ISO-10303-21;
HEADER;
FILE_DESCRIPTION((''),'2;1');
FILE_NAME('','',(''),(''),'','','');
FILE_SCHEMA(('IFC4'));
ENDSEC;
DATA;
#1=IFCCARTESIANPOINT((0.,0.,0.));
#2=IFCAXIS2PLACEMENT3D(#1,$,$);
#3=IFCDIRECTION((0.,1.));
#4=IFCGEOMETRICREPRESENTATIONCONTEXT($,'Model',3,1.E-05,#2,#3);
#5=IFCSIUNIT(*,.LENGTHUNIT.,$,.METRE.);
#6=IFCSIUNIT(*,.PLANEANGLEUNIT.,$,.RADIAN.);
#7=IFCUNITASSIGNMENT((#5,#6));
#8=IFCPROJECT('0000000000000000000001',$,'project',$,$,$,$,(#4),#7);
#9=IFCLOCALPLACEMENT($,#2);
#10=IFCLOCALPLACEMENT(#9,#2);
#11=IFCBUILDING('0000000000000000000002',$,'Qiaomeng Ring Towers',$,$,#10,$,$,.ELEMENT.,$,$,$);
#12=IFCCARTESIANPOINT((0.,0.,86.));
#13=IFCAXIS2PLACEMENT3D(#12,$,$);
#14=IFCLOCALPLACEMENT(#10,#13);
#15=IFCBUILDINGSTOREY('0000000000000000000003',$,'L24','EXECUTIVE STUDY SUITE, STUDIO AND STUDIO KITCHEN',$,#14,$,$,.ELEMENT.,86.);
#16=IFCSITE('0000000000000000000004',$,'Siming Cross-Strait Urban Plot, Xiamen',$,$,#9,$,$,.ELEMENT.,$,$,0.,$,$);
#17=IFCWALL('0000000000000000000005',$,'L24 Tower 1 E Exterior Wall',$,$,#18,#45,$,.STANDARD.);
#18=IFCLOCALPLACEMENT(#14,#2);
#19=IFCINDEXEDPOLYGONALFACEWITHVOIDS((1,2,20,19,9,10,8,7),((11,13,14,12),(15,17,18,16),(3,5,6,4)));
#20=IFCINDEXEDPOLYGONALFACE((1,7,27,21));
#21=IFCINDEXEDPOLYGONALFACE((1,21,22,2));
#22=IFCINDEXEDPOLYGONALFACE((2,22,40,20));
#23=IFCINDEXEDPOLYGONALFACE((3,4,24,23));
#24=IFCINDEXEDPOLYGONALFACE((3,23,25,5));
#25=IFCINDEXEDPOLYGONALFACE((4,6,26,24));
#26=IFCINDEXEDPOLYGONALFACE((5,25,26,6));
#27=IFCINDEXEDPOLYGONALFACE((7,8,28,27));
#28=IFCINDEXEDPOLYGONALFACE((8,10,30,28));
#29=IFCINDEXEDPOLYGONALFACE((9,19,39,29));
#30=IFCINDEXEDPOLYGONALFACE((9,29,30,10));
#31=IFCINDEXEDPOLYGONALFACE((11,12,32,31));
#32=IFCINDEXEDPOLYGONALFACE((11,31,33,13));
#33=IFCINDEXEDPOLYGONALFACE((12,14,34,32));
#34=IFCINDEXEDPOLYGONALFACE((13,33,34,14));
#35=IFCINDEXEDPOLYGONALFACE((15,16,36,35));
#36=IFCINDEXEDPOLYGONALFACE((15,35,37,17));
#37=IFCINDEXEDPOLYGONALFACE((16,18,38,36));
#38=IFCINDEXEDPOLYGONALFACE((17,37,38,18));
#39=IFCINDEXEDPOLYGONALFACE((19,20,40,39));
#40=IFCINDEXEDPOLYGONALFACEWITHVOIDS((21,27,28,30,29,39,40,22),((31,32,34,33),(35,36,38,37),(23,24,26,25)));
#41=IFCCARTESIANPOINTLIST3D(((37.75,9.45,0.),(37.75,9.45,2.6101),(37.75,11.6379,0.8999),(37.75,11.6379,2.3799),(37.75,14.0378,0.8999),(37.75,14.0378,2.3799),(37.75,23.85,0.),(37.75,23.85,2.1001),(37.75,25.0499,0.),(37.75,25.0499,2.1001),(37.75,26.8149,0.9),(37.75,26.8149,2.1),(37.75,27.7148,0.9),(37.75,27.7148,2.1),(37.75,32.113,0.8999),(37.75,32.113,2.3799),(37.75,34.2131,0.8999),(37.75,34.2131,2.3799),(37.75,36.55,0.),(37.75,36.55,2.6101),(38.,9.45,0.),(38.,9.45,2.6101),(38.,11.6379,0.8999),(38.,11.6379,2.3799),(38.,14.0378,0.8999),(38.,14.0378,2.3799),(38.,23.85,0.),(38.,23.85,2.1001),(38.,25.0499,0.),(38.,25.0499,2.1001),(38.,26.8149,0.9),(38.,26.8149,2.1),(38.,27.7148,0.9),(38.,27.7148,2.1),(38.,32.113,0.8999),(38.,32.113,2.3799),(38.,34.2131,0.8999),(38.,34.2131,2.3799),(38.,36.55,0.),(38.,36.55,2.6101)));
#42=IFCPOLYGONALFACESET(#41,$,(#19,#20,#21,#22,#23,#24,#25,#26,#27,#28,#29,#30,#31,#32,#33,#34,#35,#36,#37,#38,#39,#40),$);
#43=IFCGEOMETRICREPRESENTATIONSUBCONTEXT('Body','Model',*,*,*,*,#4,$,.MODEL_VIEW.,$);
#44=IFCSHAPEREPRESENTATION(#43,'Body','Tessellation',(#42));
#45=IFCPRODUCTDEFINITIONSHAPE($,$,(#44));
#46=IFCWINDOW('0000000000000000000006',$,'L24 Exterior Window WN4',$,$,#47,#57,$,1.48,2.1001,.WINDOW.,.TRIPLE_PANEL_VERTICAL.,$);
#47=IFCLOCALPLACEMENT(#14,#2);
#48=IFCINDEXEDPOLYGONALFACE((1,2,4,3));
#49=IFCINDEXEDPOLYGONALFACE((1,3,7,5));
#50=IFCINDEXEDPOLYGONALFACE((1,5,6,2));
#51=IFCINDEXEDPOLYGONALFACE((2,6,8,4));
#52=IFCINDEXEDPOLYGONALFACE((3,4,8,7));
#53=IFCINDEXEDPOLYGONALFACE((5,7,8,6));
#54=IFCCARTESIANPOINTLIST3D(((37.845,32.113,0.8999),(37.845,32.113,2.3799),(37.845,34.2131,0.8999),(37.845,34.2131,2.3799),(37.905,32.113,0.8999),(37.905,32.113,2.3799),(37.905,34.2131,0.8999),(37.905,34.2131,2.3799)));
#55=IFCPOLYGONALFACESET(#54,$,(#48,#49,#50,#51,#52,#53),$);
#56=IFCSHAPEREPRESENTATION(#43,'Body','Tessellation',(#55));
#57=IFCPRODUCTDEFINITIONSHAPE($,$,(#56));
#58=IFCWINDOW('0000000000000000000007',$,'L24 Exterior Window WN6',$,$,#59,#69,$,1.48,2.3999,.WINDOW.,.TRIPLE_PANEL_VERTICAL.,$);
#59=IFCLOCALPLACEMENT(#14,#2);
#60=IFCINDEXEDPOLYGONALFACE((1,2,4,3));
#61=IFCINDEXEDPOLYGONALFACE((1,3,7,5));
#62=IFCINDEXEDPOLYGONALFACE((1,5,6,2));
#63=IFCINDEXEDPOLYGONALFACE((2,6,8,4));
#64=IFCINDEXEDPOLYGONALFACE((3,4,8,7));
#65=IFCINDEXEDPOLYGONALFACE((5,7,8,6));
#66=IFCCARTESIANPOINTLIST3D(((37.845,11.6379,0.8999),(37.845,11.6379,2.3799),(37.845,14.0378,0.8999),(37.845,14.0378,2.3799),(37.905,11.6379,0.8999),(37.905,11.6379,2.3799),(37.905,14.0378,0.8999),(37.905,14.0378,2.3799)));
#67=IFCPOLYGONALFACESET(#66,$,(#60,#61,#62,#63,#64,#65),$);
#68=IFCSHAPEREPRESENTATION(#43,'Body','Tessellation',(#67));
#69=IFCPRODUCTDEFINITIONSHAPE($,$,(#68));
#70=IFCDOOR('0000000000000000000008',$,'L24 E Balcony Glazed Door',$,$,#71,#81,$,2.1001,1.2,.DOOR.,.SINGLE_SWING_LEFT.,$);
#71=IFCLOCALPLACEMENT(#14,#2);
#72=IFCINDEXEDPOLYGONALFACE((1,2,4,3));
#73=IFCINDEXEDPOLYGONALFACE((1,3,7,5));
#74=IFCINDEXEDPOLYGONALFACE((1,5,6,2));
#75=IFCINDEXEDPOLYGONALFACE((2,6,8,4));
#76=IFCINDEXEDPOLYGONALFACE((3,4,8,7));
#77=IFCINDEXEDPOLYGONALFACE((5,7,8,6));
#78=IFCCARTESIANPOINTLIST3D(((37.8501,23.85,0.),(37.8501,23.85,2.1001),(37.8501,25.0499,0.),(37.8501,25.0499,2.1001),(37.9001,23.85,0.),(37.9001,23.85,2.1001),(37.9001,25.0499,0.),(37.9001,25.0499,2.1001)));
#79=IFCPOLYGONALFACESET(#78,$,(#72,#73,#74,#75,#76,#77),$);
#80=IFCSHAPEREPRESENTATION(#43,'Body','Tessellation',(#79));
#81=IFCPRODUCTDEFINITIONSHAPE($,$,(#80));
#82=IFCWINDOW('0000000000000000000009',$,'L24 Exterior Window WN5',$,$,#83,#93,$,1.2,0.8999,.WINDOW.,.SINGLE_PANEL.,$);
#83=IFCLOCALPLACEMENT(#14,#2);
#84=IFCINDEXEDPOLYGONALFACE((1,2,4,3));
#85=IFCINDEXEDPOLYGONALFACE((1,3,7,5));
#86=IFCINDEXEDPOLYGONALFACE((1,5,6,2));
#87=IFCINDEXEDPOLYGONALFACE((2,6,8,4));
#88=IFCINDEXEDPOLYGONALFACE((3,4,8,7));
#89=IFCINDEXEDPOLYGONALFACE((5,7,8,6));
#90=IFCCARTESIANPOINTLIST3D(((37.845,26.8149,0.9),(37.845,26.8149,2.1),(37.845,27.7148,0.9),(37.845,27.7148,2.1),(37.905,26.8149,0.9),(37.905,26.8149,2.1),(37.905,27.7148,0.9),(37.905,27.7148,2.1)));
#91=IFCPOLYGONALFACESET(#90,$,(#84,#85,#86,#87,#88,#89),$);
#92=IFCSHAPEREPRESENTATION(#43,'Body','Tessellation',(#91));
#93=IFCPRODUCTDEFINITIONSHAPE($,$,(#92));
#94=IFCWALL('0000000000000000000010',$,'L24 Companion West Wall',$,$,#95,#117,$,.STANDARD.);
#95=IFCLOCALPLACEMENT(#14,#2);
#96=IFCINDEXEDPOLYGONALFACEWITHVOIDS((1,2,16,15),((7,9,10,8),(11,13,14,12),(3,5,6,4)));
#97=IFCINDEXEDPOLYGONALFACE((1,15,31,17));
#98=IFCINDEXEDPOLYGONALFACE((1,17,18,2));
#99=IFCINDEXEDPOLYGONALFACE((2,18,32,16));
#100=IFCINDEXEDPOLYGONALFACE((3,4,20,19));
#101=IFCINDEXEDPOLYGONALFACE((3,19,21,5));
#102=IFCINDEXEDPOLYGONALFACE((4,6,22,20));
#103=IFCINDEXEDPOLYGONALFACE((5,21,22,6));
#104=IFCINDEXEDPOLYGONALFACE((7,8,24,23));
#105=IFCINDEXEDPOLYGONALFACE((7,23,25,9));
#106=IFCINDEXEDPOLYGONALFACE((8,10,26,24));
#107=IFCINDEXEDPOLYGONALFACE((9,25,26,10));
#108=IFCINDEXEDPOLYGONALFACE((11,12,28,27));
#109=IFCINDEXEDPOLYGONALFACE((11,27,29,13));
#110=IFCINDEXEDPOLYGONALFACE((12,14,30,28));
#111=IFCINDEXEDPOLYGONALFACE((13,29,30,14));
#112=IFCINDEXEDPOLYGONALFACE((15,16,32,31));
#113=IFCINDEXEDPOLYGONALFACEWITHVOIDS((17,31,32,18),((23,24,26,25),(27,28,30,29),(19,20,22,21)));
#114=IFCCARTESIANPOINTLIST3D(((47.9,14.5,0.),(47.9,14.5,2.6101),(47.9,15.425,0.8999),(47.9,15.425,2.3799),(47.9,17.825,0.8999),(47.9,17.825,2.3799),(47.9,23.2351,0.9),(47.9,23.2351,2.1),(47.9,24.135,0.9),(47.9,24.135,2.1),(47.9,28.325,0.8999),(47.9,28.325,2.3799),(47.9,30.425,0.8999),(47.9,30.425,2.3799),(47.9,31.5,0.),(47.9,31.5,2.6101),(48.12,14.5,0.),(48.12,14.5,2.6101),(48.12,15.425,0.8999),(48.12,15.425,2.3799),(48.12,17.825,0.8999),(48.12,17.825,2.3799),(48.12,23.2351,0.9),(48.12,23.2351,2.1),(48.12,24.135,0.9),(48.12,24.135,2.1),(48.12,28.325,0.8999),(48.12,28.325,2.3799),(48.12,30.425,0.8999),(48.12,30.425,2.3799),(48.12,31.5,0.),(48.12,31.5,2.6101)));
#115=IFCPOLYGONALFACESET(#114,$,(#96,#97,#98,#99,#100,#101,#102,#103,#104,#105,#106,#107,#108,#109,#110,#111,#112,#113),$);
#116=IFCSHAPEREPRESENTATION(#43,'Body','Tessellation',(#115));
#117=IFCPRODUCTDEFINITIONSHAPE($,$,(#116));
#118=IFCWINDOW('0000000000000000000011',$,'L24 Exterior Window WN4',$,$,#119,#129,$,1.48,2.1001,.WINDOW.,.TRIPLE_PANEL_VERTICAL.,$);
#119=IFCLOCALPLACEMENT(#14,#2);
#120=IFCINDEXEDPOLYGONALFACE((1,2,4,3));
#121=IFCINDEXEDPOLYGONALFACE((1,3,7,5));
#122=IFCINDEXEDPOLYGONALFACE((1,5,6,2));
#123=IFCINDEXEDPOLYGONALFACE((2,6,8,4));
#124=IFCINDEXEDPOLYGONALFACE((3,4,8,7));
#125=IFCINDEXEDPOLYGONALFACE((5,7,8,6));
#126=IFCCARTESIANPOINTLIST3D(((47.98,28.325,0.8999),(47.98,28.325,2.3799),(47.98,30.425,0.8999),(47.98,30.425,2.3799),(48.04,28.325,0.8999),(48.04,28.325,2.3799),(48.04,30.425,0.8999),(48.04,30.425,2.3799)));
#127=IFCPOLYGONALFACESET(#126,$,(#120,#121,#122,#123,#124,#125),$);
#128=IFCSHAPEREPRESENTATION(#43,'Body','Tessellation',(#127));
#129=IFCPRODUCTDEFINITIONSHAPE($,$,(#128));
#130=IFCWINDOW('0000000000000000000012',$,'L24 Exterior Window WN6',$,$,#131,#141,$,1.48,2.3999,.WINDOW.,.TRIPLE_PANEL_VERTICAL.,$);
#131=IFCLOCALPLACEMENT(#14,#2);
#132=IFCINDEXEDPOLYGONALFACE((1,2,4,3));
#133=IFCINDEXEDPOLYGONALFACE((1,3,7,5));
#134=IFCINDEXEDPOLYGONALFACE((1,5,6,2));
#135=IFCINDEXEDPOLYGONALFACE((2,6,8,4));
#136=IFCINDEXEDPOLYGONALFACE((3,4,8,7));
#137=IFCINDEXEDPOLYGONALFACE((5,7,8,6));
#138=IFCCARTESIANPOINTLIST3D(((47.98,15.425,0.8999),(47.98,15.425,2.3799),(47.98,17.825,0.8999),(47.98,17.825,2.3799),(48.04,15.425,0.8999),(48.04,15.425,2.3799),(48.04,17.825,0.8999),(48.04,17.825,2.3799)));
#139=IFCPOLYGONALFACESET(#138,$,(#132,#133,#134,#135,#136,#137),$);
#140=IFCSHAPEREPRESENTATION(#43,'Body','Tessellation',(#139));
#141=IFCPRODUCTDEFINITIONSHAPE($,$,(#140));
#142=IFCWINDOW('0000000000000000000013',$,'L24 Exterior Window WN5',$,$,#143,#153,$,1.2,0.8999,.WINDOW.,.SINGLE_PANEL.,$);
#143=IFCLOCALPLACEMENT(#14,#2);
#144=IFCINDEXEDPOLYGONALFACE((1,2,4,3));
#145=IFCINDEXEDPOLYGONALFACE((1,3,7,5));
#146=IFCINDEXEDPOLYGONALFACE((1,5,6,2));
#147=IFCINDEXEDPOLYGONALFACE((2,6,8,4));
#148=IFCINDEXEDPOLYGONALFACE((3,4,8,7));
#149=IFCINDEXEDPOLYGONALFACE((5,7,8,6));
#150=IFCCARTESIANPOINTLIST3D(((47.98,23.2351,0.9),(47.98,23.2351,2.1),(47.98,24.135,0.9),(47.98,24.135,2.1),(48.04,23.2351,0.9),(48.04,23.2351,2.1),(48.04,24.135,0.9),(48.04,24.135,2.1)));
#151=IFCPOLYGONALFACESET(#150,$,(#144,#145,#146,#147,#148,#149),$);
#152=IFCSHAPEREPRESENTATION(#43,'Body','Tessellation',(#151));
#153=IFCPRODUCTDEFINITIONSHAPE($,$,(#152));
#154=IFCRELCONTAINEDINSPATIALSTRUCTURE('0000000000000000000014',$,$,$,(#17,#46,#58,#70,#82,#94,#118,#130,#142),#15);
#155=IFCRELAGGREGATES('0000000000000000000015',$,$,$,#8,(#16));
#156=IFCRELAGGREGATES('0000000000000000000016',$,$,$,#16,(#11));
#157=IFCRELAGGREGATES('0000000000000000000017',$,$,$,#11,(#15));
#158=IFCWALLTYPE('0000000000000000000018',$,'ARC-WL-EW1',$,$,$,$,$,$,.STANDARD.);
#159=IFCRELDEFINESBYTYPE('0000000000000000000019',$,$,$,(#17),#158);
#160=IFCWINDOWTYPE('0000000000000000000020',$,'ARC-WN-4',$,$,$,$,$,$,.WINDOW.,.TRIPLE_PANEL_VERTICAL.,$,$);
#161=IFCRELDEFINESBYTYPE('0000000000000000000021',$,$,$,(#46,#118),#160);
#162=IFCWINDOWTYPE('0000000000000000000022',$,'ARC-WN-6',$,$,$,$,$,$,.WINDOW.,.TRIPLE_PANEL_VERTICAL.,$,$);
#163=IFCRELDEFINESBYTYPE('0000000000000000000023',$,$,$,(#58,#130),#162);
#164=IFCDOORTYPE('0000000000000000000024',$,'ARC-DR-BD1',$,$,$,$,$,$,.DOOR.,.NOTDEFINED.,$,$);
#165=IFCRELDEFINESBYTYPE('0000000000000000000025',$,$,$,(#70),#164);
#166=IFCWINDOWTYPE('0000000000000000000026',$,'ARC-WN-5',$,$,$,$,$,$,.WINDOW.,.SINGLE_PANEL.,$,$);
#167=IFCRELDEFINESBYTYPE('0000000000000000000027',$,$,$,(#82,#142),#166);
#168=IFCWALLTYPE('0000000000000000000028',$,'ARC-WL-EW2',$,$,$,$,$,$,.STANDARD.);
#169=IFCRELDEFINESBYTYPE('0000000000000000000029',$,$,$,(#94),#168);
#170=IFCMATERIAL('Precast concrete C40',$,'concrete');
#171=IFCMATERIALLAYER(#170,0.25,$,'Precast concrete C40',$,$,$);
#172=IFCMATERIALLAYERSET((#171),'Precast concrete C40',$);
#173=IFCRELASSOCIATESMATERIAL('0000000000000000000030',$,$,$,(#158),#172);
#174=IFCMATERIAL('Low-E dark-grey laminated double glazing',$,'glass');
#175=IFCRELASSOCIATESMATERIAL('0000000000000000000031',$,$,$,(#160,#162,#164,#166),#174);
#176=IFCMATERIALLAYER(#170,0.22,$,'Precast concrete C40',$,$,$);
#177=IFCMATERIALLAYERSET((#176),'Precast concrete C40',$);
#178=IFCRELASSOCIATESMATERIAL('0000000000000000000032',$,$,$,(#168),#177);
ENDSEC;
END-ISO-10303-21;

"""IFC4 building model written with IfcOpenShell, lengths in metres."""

from ifc_helpers import new_model, si_unit, direction, frame, frame_2d, origin, place, context, subcontext, project, spatial, rectangle, extrude, source, transform, mapped, material, layer, layer_set, type_object, element, fill, save


model = new_model("IFC4")

# Units and contexts
model_context = context("Model", 3, precision=1e-05, world=origin(), true_north=direction((0.0, 1.0)))
body_context = subcontext(model_context, "Body", "Model", "MODEL_VIEW")
ifc_project = project(units=[si_unit("LENGTHUNIT", "METRE"), si_unit("PLANEANGLEUNIT", "RADIAN")], contexts=[model_context])

# Site, building, storey
site_placement = place(None, origin())
site = spatial("IfcSite", under=ifc_project, at=site_placement, Name="Siming Cross-Strait Urban Plot, Xiamen", CompositionType="ELEMENT", RefElevation=0.0)
building_placement = place(site_placement, origin())
building = spatial("IfcBuilding", under=site, at=building_placement, Name="Qiaomeng Ring Towers", CompositionType="ELEMENT")
storey_placement = place(building_placement, frame((0.0, 0.0, 86.0)))
storey = spatial("IfcBuildingStorey", under=building, at=storey_placement, Name="L24", Description="EXECUTIVE STUDY SUITE, STUDIO AND STUDIO KITCHEN", CompositionType="ELEMENT", Elevation=86.0)

# Shared definitions
ifc_material_1 = material(Name="Low-E dark-grey laminated double glazing", Category="glass")

# Wall, openings, windows, door
ifc_material_2 = material(Name="Precast concrete C40", Category="concrete")
ifc_layer_1 = layer(ifc_material_2, 0.25, Name="Precast concrete C40")
ifc_layer_set_1 = layer_set([ifc_layer_1], Name="Precast concrete C40")
wall_type_1 = type_object("IfcWallType", Name="ARC-WL-EW1", PredefinedType="STANDARD", material=ifc_layer_set_1)
wall_1_placement = place(storey_placement, frame((37.875, 9.45, 0.0), z_axis=(0.0, 0.0, 1.0), x_axis=(0.0, 1.0, 0.0)))
wall_1 = element("IfcWall", 1, at=wall_1_placement, inside=storey, type_object=wall_type_1, Name="L24 Tower 1 E Exterior Wall", PredefinedType="STANDARD", context=body_context, shape_type="SweptSolid", body=[
    extrude(rectangle(XDim=27.1001, YDim=0.25, at=frame_2d((13.55, 0.0))), origin(), (0.0, 0.0, 1.0), 2.6101),
])
opening_1_placement = place(wall_1_placement, frame((14.3999, 0.0, 0.0)))
opening_1 = element("IfcOpeningElement", 2, at=opening_1_placement, cuts=wall_1, PredefinedType="OPENING", context=body_context, shape_type="SweptSolid", body=[
    extrude(rectangle(XDim=1.2, YDim=2.1001, at=frame_2d((0.6001, 1.05))), frame((0.0, 0.135, 0.0), z_axis=(0.0, -1.0, 0.0), x_axis=(1.0, 0.0, 0.0)), (0.0, 0.0, 1.0), 0.27),
])
opening_2_placement = place(wall_1_placement, frame((2.188, 0.0, 0.8999)))
opening_2 = element("IfcOpeningElement", 3, at=opening_2_placement, cuts=wall_1, PredefinedType="OPENING", context=body_context, shape_type="SweptSolid", body=[
    extrude(rectangle(XDim=2.3999, YDim=1.48, at=frame_2d((1.2, 0.74))), frame((0.0, 0.135, 0.0), z_axis=(0.0, -1.0, 0.0), x_axis=(1.0, 0.0, 0.0)), (0.0, 0.0, 1.0), 0.27),
])
opening_3_placement = place(wall_1_placement, frame((22.6631, 0.0, 0.8999)))
opening_3 = element("IfcOpeningElement", 4, at=opening_3_placement, cuts=wall_1, PredefinedType="OPENING", context=body_context, shape_type="SweptSolid", body=[
    extrude(rectangle(XDim=2.1001, YDim=1.48, at=frame_2d((1.05, 0.74))), frame((0.0, 0.135, 0.0), z_axis=(0.0, -1.0, 0.0), x_axis=(1.0, 0.0, 0.0)), (0.0, 0.0, 1.0), 0.27),
])
opening_4_placement = place(wall_1_placement, frame((17.365, 0.0, 0.8999)))
opening_4 = element("IfcOpeningElement", 5, at=opening_4_placement, cuts=wall_1, PredefinedType="OPENING", context=body_context, shape_type="SweptSolid", body=[
    extrude(rectangle(XDim=0.8999, YDim=1.2, at=frame_2d((0.45, 0.6001))), frame((0.0, 0.135, 0.0), z_axis=(0.0, -1.0, 0.0), x_axis=(1.0, 0.0, 0.0)), (0.0, 0.0, 1.0), 0.27),
])
window_type_1 = type_object("IfcWindowType", Name="ARC-WN-4", PartitioningType="TRIPLE_PANEL_VERTICAL", PredefinedType="WINDOW", material=ifc_material_1)
shared_shape_1 = source(origin(), body_context, "Body", "SweptSolid", [
    extrude(rectangle(XDim=2.1001, YDim=1.48, at=frame_2d((1.05, 0.74))), frame((0.0, 0.03, 0.0), z_axis=(0.0, -1.0, 0.0), x_axis=(1.0, 0.0, 0.0)), (0.0, 0.0, 1.0), 0.0601),
])
window_1_placement = place(opening_3_placement, origin())
window_1 = element("IfcWindow", 6, at=window_1_placement, inside=storey, type_object=window_type_1, Name="L24 Exterior Window WN4", OverallHeight=1.48, OverallWidth=2.1001, PartitioningType="TRIPLE_PANEL_VERTICAL", PredefinedType="WINDOW", context=body_context, shape_type="MappedRepresentation", body=[
    mapped(shared_shape_1, transform((0.0, 0.0, 0.0), x_axis=(1.0, 0.0, 0.0), y_axis=(0.0, 1.0, 0.0), z_axis=(0.0, 0.0, 1.0), scale=1.0)),
])
fill(opening_3, window_1)
window_type_2 = type_object("IfcWindowType", Name="ARC-WN-6", PartitioningType="TRIPLE_PANEL_VERTICAL", PredefinedType="WINDOW", material=ifc_material_1)
shared_shape_2 = source(origin(), body_context, "Body", "SweptSolid", [
    extrude(rectangle(XDim=2.3999, YDim=1.48, at=frame_2d((1.2, 0.74))), frame((0.0, 0.03, 0.0), z_axis=(0.0, -1.0, 0.0), x_axis=(1.0, 0.0, 0.0)), (0.0, 0.0, 1.0), 0.0601),
])
window_2_placement = place(opening_2_placement, origin())
window_2 = element("IfcWindow", 7, at=window_2_placement, inside=storey, type_object=window_type_2, Name="L24 Exterior Window WN6", OverallHeight=1.48, OverallWidth=2.3999, PartitioningType="TRIPLE_PANEL_VERTICAL", PredefinedType="WINDOW", context=body_context, shape_type="MappedRepresentation", body=[
    mapped(shared_shape_2, transform((0.0, 0.0, 0.0), x_axis=(1.0, 0.0, 0.0), y_axis=(0.0, 1.0, 0.0), z_axis=(0.0, 0.0, 1.0), scale=1.0)),
])
fill(opening_2, window_2)
door_type = type_object("IfcDoorType", Name="ARC-DR-BD1", OperationType="NOTDEFINED", PredefinedType="DOOR", material=ifc_material_1)
shared_shape_3 = source(origin(), body_context, "Body", "SweptSolid", [
    extrude(rectangle(XDim=1.2, YDim=2.1001, at=frame_2d((0.6001, 1.05))), frame((0.0, 0.0249, 0.0), z_axis=(0.0, -1.0, 0.0), x_axis=(1.0, 0.0, 0.0)), (0.0, 0.0, 1.0), 0.05),
])
door_placement = place(opening_1_placement, origin())
door = element("IfcDoor", 8, at=door_placement, inside=storey, type_object=door_type, Name="L24 E Balcony Glazed Door", OperationType="SINGLE_SWING_LEFT", OverallHeight=2.1001, OverallWidth=1.2, PredefinedType="DOOR", context=body_context, shape_type="MappedRepresentation", body=[
    mapped(shared_shape_3, transform((0.0, 0.0, 0.0), x_axis=(1.0, 0.0, 0.0), y_axis=(0.0, 1.0, 0.0), z_axis=(0.0, 0.0, 1.0), scale=1.0)),
])
fill(opening_1, door)
window_type_3 = type_object("IfcWindowType", Name="ARC-WN-5", PartitioningType="SINGLE_PANEL", PredefinedType="WINDOW", material=ifc_material_1)
shared_shape_4 = source(origin(), body_context, "Body", "SweptSolid", [
    extrude(rectangle(XDim=0.8999, YDim=1.2, at=frame_2d((0.45, 0.6001))), frame((0.0, 0.03, 0.0), z_axis=(0.0, -1.0, 0.0), x_axis=(1.0, 0.0, 0.0)), (0.0, 0.0, 1.0), 0.0601),
])
window_3_placement = place(opening_4_placement, origin())
window_3 = element("IfcWindow", 9, at=window_3_placement, inside=storey, type_object=window_type_3, Name="L24 Exterior Window WN5", OverallHeight=1.2, OverallWidth=0.8999, PartitioningType="SINGLE_PANEL", PredefinedType="WINDOW", context=body_context, shape_type="MappedRepresentation", body=[
    mapped(shared_shape_4, transform((0.0, 0.0, 0.0), x_axis=(1.0, 0.0, 0.0), y_axis=(0.0, 1.0, 0.0), z_axis=(0.0, 0.0, 1.0), scale=1.0)),
])
fill(opening_4, window_3)

# Wall, openings, windows
ifc_layer_2 = layer(ifc_material_2, 0.22, Name="Precast concrete C40")
ifc_layer_set_2 = layer_set([ifc_layer_2], Name="Precast concrete C40")
wall_type_2 = type_object("IfcWallType", Name="ARC-WL-EW2", PredefinedType="STANDARD", material=ifc_layer_set_2)
wall_2_placement = place(storey_placement, frame((48.01, 14.5, 0.0), z_axis=(0.0, 0.0, 1.0), x_axis=(0.0, 1.0, 0.0)))
wall_2 = element("IfcWall", 10, at=wall_2_placement, inside=storey, type_object=wall_type_2, Name="L24 Companion West Wall", PredefinedType="STANDARD", context=body_context, shape_type="SweptSolid", body=[
    extrude(rectangle(XDim=17.0, YDim=0.22, at=frame_2d((8.5, 0.0))), origin(), (0.0, 0.0, 1.0), 2.6101),
])
opening_5_placement = place(wall_2_placement, frame((0.925, 0.0, 0.8999)))
opening_5 = element("IfcOpeningElement", 11, at=opening_5_placement, cuts=wall_2, PredefinedType="OPENING", context=body_context, shape_type="SweptSolid", body=[
    extrude(rectangle(XDim=2.3999, YDim=1.48, at=frame_2d((1.2, 0.74))), frame((0.0, 0.1199, 0.0), z_axis=(0.0, -1.0, 0.0), x_axis=(1.0, 0.0, 0.0)), (0.0, 0.0, 1.0), 0.24),
])
opening_6_placement = place(wall_2_placement, frame((13.825, 0.0, 0.8999)))
opening_6 = element("IfcOpeningElement", 12, at=opening_6_placement, cuts=wall_2, PredefinedType="OPENING", context=body_context, shape_type="SweptSolid", body=[
    extrude(rectangle(XDim=2.1001, YDim=1.48, at=frame_2d((1.05, 0.74))), frame((0.0, 0.1199, 0.0), z_axis=(0.0, -1.0, 0.0), x_axis=(1.0, 0.0, 0.0)), (0.0, 0.0, 1.0), 0.24),
])
opening_7_placement = place(wall_2_placement, frame((8.7351, 0.0, 0.8999)))
opening_7 = element("IfcOpeningElement", 13, at=opening_7_placement, cuts=wall_2, PredefinedType="OPENING", context=body_context, shape_type="SweptSolid", body=[
    extrude(rectangle(XDim=0.8999, YDim=1.2, at=frame_2d((0.45, 0.6001))), frame((0.0, 0.1199, 0.0), z_axis=(0.0, -1.0, 0.0), x_axis=(1.0, 0.0, 0.0)), (0.0, 0.0, 1.0), 0.24),
])
window_4_placement = place(opening_6_placement, origin())
window_4 = element("IfcWindow", 14, at=window_4_placement, inside=storey, type_object=window_type_1, Name="L24 Exterior Window WN4", OverallHeight=1.48, OverallWidth=2.1001, PartitioningType="TRIPLE_PANEL_VERTICAL", PredefinedType="WINDOW", context=body_context, shape_type="MappedRepresentation", body=[
    mapped(shared_shape_1, transform((0.0, 0.0, 0.0), x_axis=(1.0, 0.0, 0.0), y_axis=(0.0, 1.0, 0.0), z_axis=(0.0, 0.0, 1.0), scale=1.0)),
])
fill(opening_6, window_4)
window_5_placement = place(opening_5_placement, origin())
window_5 = element("IfcWindow", 15, at=window_5_placement, inside=storey, type_object=window_type_2, Name="L24 Exterior Window WN6", OverallHeight=1.48, OverallWidth=2.3999, PartitioningType="TRIPLE_PANEL_VERTICAL", PredefinedType="WINDOW", context=body_context, shape_type="MappedRepresentation", body=[
    mapped(shared_shape_2, transform((0.0, 0.0, 0.0), x_axis=(1.0, 0.0, 0.0), y_axis=(0.0, 1.0, 0.0), z_axis=(0.0, 0.0, 1.0), scale=1.0)),
])
fill(opening_5, window_5)
window_6_placement = place(opening_7_placement, origin())
window_6 = element("IfcWindow", 16, at=window_6_placement, inside=storey, type_object=window_type_3, Name="L24 Exterior Window WN5", OverallHeight=1.2, OverallWidth=0.8999, PartitioningType="SINGLE_PANEL", PredefinedType="WINDOW", context=body_context, shape_type="MappedRepresentation", body=[
    mapped(shared_shape_4, transform((0.0, 0.0, 0.0), x_axis=(1.0, 0.0, 0.0), y_axis=(0.0, 1.0, 0.0), z_axis=(0.0, 0.0, 1.0), scale=1.0)),
])
fill(opening_7, window_6)

save(model, "model.ifc")
